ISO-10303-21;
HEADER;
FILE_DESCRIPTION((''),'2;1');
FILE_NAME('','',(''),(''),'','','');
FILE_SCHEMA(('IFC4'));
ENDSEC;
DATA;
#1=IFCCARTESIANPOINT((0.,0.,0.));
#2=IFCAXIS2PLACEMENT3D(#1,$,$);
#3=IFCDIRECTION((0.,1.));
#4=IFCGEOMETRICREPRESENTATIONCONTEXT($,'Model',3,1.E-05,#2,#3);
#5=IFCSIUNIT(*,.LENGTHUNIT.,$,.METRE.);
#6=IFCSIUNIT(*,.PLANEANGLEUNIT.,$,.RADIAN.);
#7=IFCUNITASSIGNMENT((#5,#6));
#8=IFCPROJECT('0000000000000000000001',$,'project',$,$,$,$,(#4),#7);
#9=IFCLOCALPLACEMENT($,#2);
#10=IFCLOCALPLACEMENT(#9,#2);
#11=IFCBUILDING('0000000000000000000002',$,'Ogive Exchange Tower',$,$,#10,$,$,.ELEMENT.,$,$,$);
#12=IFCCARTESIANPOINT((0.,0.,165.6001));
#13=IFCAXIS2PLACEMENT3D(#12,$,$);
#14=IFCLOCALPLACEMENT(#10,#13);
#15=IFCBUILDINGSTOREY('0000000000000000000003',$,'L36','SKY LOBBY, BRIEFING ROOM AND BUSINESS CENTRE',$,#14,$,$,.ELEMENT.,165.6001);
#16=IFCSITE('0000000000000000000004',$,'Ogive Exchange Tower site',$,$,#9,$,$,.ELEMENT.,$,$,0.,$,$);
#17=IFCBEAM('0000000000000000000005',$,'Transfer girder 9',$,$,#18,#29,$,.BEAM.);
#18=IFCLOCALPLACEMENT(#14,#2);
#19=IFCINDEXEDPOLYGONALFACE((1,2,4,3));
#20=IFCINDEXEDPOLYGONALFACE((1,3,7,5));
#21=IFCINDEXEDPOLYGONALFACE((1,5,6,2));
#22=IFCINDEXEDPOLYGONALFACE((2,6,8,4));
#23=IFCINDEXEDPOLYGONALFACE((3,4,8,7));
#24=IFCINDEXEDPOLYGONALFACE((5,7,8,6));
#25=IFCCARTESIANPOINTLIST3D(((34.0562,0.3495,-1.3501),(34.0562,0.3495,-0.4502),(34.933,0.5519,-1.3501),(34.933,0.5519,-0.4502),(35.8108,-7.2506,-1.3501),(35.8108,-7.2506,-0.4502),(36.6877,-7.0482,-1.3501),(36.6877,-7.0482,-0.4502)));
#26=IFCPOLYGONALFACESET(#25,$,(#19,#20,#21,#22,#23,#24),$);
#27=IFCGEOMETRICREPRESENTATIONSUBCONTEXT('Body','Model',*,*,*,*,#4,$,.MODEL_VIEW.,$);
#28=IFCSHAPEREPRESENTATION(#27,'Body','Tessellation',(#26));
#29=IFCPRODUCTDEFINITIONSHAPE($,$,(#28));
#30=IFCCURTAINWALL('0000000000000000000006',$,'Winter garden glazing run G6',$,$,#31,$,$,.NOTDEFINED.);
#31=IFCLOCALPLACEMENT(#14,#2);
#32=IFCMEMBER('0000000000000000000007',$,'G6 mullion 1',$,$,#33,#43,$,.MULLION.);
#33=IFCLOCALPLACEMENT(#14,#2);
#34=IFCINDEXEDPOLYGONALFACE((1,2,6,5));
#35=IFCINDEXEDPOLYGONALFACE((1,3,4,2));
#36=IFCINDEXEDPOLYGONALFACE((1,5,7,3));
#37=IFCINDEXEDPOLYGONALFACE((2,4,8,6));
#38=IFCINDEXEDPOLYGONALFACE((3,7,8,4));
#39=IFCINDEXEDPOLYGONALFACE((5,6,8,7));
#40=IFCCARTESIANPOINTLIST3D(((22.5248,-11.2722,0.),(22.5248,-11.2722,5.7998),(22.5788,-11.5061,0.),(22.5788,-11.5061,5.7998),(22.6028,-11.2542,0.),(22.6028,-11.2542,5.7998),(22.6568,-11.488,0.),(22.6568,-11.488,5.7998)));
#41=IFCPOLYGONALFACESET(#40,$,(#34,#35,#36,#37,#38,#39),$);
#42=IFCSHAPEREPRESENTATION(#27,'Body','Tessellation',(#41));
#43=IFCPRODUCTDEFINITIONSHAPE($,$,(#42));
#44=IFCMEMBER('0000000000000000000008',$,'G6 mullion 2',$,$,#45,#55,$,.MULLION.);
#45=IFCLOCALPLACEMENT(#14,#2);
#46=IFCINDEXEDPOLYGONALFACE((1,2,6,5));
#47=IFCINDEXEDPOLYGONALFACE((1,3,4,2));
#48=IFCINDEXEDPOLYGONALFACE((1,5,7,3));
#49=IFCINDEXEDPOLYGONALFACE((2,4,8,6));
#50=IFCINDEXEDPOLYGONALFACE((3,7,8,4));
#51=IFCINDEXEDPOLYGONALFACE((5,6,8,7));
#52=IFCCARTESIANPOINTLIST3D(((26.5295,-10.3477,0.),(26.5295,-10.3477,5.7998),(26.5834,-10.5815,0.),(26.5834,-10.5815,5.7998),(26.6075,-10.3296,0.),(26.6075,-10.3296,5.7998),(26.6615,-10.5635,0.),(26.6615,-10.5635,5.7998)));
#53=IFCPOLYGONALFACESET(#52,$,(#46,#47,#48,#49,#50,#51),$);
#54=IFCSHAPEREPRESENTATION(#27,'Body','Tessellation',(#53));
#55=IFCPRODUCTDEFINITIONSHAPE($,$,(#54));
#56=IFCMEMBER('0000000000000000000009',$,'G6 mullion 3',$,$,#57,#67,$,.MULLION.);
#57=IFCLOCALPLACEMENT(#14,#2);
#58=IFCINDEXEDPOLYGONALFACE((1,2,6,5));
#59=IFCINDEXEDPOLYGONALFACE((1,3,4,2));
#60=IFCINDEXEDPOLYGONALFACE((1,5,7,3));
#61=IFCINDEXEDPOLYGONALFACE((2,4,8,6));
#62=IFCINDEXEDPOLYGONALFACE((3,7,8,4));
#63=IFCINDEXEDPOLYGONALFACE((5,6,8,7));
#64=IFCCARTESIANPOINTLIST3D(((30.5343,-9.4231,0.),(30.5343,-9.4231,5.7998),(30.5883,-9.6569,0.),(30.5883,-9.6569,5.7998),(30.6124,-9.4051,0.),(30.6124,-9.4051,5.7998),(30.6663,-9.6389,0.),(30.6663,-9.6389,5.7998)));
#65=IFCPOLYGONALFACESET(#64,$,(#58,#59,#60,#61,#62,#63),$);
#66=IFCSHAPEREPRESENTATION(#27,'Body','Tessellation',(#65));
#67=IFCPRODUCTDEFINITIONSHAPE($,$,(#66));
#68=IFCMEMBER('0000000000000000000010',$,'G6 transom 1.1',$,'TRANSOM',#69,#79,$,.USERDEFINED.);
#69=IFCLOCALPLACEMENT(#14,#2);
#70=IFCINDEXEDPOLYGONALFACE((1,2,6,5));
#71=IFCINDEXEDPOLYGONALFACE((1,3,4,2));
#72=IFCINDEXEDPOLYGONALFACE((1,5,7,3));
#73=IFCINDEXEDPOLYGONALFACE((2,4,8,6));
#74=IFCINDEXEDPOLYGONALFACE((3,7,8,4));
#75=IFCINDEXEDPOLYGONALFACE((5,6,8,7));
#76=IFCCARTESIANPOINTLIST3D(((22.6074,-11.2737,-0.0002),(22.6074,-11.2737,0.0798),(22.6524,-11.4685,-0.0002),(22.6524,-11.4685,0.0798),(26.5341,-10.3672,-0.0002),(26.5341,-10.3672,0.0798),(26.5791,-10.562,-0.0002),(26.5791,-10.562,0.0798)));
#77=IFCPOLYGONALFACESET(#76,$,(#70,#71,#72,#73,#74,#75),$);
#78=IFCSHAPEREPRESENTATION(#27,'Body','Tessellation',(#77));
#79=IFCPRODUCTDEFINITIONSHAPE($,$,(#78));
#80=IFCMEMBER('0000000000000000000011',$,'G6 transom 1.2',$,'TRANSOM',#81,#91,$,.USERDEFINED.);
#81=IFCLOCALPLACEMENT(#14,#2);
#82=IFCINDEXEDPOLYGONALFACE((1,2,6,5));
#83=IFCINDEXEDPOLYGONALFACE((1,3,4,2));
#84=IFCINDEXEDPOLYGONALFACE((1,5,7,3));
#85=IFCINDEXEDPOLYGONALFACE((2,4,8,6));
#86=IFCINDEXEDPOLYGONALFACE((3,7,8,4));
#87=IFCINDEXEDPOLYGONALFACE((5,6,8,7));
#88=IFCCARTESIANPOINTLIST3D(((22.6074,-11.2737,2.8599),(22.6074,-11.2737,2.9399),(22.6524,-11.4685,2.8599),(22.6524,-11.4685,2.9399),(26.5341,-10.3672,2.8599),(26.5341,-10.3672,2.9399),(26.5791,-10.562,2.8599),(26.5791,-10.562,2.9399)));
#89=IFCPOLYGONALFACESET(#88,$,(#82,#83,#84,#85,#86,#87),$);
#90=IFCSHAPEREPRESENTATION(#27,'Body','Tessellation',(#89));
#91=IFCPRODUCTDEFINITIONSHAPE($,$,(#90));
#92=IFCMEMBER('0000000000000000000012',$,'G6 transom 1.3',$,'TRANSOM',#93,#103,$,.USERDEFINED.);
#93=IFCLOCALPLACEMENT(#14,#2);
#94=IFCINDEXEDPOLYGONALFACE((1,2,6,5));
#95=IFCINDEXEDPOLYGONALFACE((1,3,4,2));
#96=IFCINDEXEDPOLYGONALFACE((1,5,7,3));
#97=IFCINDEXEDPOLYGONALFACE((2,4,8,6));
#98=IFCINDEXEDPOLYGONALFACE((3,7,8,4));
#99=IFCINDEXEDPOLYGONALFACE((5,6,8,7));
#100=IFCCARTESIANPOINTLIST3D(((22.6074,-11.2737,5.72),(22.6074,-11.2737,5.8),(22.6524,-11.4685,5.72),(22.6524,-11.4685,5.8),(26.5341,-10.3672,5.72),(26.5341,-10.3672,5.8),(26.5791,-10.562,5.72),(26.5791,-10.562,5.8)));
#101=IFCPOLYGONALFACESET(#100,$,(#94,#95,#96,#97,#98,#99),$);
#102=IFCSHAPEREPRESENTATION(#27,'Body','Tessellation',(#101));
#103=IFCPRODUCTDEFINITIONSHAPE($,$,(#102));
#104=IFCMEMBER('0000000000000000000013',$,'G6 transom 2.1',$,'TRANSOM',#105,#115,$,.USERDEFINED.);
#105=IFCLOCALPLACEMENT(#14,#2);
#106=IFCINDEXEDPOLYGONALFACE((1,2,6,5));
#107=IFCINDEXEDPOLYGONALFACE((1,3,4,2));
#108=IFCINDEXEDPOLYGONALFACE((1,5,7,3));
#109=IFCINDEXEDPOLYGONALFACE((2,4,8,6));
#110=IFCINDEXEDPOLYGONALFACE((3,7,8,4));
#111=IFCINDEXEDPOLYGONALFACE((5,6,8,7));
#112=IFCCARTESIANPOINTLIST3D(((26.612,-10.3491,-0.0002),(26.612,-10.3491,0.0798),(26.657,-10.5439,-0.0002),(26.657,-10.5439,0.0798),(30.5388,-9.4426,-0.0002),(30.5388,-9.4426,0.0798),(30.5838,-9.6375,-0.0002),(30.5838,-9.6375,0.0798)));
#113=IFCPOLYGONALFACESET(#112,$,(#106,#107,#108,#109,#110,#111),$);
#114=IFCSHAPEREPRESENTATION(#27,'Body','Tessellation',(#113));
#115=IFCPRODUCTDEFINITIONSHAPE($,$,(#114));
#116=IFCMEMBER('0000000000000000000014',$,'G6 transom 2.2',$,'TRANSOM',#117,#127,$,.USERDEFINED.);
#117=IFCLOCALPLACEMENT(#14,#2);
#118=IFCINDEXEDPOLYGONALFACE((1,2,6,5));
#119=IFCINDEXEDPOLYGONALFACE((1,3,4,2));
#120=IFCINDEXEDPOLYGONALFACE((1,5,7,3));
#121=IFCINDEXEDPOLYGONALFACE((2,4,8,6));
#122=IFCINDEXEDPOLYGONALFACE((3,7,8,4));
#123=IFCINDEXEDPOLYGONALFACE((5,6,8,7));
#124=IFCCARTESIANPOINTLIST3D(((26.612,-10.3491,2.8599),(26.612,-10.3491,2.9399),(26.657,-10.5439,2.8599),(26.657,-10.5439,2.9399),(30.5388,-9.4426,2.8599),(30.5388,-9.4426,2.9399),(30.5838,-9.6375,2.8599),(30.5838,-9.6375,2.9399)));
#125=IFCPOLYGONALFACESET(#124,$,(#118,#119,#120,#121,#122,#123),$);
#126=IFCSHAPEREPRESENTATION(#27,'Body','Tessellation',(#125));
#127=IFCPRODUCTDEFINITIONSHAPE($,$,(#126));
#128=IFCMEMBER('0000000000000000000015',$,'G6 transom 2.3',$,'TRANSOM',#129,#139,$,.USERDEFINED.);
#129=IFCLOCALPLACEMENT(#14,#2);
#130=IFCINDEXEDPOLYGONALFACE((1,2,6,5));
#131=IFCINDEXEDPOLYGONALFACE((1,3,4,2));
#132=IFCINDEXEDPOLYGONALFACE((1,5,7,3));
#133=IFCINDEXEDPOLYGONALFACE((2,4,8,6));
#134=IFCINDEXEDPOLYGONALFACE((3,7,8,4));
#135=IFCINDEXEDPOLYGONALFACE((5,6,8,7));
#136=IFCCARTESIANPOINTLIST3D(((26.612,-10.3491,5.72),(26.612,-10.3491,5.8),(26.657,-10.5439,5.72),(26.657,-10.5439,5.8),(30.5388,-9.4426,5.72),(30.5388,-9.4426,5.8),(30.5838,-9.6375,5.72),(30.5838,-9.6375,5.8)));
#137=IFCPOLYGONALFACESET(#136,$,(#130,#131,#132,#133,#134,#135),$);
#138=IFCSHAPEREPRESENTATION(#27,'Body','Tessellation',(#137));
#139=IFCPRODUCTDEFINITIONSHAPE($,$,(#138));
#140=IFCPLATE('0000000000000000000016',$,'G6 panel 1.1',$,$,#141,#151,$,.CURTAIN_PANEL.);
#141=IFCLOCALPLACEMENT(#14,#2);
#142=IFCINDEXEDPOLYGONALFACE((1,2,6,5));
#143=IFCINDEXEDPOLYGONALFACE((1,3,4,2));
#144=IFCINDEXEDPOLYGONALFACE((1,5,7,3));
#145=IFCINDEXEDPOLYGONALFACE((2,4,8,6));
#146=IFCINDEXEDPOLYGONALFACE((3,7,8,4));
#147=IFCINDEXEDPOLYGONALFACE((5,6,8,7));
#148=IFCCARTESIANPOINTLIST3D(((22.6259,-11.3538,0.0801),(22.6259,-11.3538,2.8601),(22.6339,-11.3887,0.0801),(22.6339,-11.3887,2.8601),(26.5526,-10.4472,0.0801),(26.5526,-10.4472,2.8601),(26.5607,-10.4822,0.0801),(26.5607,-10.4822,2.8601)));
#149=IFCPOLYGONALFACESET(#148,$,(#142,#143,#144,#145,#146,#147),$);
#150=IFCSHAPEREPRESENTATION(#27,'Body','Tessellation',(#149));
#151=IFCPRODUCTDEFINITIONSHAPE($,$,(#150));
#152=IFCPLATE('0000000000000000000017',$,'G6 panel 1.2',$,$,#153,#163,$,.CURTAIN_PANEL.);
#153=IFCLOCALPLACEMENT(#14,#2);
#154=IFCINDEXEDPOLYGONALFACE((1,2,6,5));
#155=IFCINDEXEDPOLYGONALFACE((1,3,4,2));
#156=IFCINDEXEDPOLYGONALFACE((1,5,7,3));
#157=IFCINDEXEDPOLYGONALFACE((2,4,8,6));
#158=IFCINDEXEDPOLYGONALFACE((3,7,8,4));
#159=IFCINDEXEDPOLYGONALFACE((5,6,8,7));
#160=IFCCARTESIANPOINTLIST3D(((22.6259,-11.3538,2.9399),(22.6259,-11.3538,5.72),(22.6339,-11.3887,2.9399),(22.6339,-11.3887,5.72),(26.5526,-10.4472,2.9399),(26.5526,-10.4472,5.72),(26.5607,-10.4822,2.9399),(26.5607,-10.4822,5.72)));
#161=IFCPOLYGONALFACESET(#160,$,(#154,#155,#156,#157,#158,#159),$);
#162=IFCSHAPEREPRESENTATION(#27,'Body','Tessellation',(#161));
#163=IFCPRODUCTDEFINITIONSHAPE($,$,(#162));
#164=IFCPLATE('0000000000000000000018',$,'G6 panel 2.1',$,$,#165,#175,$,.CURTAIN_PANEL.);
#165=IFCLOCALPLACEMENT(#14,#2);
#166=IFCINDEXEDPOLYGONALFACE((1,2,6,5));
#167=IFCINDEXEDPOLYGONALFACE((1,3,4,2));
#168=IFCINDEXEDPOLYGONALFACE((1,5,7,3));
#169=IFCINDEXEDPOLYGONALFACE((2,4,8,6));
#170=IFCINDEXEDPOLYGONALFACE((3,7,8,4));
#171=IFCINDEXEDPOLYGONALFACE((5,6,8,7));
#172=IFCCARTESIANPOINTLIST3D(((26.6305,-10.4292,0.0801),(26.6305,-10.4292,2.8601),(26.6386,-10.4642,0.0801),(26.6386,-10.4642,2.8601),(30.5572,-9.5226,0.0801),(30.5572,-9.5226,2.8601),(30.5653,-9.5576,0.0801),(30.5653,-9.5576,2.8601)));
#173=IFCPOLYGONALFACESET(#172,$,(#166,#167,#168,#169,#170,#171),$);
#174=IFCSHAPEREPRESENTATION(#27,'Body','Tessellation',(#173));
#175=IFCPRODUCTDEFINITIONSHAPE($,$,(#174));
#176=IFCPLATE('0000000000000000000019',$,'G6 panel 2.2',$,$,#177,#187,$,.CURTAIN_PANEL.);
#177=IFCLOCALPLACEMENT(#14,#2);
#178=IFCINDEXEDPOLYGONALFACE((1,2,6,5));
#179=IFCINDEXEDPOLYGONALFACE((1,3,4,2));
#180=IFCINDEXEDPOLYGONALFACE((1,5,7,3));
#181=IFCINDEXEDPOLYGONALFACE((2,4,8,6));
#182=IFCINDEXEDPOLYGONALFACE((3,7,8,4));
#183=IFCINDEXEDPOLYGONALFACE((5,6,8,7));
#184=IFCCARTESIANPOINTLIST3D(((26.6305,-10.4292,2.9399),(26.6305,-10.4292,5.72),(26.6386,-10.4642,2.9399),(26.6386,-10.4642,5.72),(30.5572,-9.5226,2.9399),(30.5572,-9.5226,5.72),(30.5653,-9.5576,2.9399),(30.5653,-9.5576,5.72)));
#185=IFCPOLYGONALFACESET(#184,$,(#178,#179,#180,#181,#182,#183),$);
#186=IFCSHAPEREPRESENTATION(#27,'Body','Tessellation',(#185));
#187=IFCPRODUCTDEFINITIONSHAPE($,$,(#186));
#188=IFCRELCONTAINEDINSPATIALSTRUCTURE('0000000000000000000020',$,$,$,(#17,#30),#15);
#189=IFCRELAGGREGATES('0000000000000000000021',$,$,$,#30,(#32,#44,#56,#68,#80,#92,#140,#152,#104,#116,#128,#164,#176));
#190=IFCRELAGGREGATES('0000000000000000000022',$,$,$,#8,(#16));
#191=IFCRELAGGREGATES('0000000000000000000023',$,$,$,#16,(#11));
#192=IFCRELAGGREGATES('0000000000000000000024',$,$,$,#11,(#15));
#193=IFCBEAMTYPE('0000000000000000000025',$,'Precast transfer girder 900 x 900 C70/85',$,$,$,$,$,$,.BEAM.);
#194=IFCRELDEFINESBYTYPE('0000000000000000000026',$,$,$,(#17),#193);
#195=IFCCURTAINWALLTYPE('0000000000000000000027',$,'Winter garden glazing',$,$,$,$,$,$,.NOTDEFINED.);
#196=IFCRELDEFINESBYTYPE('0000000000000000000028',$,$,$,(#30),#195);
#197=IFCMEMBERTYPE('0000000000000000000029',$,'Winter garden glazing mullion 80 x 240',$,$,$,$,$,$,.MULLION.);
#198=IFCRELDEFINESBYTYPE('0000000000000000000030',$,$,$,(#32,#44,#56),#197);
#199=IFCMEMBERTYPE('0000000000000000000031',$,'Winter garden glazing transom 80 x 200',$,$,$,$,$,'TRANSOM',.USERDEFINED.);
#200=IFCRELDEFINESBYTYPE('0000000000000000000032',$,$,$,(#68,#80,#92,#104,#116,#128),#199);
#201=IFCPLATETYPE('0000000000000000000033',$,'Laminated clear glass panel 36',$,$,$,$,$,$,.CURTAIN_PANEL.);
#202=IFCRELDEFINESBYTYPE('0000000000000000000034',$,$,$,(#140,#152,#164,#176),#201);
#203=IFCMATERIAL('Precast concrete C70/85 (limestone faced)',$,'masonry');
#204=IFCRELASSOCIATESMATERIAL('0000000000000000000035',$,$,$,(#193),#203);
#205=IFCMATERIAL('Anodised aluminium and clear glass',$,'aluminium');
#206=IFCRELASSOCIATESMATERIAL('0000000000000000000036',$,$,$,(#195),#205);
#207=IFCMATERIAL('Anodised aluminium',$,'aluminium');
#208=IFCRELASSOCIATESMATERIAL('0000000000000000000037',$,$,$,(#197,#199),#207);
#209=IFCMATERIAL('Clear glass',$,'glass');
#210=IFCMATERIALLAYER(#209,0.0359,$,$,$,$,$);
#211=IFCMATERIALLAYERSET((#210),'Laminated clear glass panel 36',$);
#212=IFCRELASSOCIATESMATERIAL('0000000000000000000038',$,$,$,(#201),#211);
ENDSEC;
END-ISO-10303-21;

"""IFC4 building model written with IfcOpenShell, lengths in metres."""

from ifc_helpers import new_model, si_unit, direction, frame, origin, origin_2d, place, context, subcontext, project, spatial, rectangle, extrude, material, layer, layer_set, material_profile, profile_set, type_object, element, aggregate, save


model = new_model("IFC4")

# Units and contexts
model_context = context("Model", 3, precision=1e-05, world=origin(), true_north=direction((0.0, 1.0)))
body_context = subcontext(model_context, "Body", "Model", "MODEL_VIEW")
ifc_project = project(units=[si_unit("LENGTHUNIT", "METRE"), si_unit("PLANEANGLEUNIT", "RADIAN")], contexts=[model_context])

# Site, building, storey
site_placement = place(None, origin())
site = spatial("IfcSite", under=ifc_project, at=site_placement, Name="Ogive Exchange Tower site", CompositionType="ELEMENT", RefElevation=0.0)
building_placement = place(site_placement, origin())
building = spatial("IfcBuilding", under=site, at=building_placement, Name="Ogive Exchange Tower", CompositionType="ELEMENT")
storey_placement = place(building_placement, frame((0.0, 0.0, 165.6001)))
storey = spatial("IfcBuildingStorey", under=building, at=storey_placement, Name="L36", Description="SKY LOBBY, BRIEFING ROOM AND BUSINESS CENTRE", CompositionType="ELEMENT", Elevation=165.6001)

# Shared definitions
ifc_material_1 = material(Name="Precast concrete C70/85 (limestone faced)", Category="masonry")

# Beam
ifc_material_profile_1 = material_profile(ifc_material_1, rectangle(XDim=0.8999, YDim=0.8999, at=origin_2d()), Name="900 x 900")
ifc_profile_set_1 = profile_set([ifc_material_profile_1], Name="Precast concrete C70/85 (limestone faced)")
beam_type_1 = type_object("IfcBeamType", Name="Precast transfer girder 900 x 900 C70/85", PredefinedType="BEAM", material=ifc_profile_set_1)
beam_1_placement = place(storey_placement, frame((36.2493, -7.1494, -0.9001), z_axis=(-0.224953, 0.97437, 0.0), x_axis=(-0.97437, -0.224953, 0.0)))
element("IfcBeam", 1, at=beam_1_placement, inside=storey, type_object=beam_type_1, Name="Transfer girder 9", PredefinedType="BEAM", context=body_context, shape_type="SweptSolid", body=[
    extrude(rectangle(XDim=0.8999, YDim=0.8999, at=origin_2d()), origin(), (0.0, 0.0, 1.0), 7.8),
])

# Curtain wall, members, plates
ifc_material_2 = material(Name="Anodised aluminium and clear glass", Category="aluminium")
curtain_wall_type = type_object("IfcCurtainWallType", Name="Winter garden glazing", PredefinedType="NOTDEFINED", material=ifc_material_2)
curtain_wall_placement = place(storey_placement, origin())
curtain_wall = element("IfcCurtainWall", 2, at=curtain_wall_placement, inside=storey, type_object=curtain_wall_type, Name="Winter garden glazing run G6", PredefinedType="NOTDEFINED")
ifc_material_3 = material(Name="Anodised aluminium", Category="aluminium")
ifc_material_profile_2 = material_profile(ifc_material_3, rectangle(XDim=0.24, YDim=0.0801, at=origin_2d()), Name="AL 80x240")
ifc_profile_set_2 = profile_set([ifc_material_profile_2], Name="Anodised aluminium")
member_type_1 = type_object("IfcMemberType", Name="Winter garden glazing mullion 80 x 240", PredefinedType="MULLION", material=ifc_profile_set_2)
member_1_placement = place(storey_placement, frame((22.5908, -11.3801, 0.0), z_axis=(0.0, 0.0, 1.0), x_axis=(-0.224951, 0.97437, 0.0)))
member_1 = element("IfcMember", 3, at=member_1_placement, type_object=member_type_1, Name="G6 mullion 1", PredefinedType="MULLION", context=body_context, shape_type="SweptSolid", body=[
    extrude(rectangle(XDim=0.24, YDim=0.0801, at=origin_2d()), origin(), (0.0, 0.0, 1.0), 5.7998),
])
member_2_placement = place(storey_placement, frame((26.5955, -10.4556, 0.0), z_axis=(0.0, 0.0, 1.0), x_axis=(-0.224951, 0.97437, 0.0)))
member_2 = element("IfcMember", 4, at=member_2_placement, type_object=member_type_1, Name="G6 mullion 2", PredefinedType="MULLION", context=body_context, shape_type="SweptSolid", body=[
    extrude(rectangle(XDim=0.24, YDim=0.0801, at=origin_2d()), origin(), (0.0, 0.0, 1.0), 5.7998),
])
member_3_placement = place(storey_placement, frame((30.6003, -9.531, 0.0), z_axis=(0.0, 0.0, 1.0), x_axis=(-0.224951, 0.97437, 0.0)))
member_3 = element("IfcMember", 5, at=member_3_placement, type_object=member_type_1, Name="G6 mullion 3", PredefinedType="MULLION", context=body_context, shape_type="SweptSolid", body=[
    extrude(rectangle(XDim=0.24, YDim=0.0801, at=origin_2d()), origin(), (0.0, 0.0, 1.0), 5.7998),
])
ifc_material_profile_3 = material_profile(ifc_material_3, rectangle(XDim=0.2, YDim=0.0801, at=origin_2d()), Name="AL 80x200")
ifc_profile_set_3 = profile_set([ifc_material_profile_3], Name="Anodised aluminium")
member_type_2 = type_object("IfcMemberType", Name="Winter garden glazing transom 80 x 200", ElementType="TRANSOM", PredefinedType="USERDEFINED", material=ifc_profile_set_3)
member_4_placement = place(storey_placement, frame((22.6299, -11.3711, 0.0398), z_axis=(0.974374, 0.224935, 0.0), x_axis=(-0.224935, 0.974374, 0.0)))
member_4 = element("IfcMember", 6, at=member_4_placement, type_object=member_type_2, Name="G6 transom 1.1", ObjectType="TRANSOM", PredefinedType="USERDEFINED", context=body_context, shape_type="SweptSolid", body=[
    extrude(rectangle(XDim=0.2, YDim=0.0801, at=origin_2d()), origin(), (0.0, 0.0, 1.0), 4.03),
])
member_5_placement = place(storey_placement, frame((22.6299, -11.3711, 2.8999), z_axis=(0.974374, 0.224935, 0.0), x_axis=(-0.224935, 0.974374, 0.0)))
member_5 = element("IfcMember", 7, at=member_5_placement, type_object=member_type_2, Name="G6 transom 1.2", ObjectType="TRANSOM", PredefinedType="USERDEFINED", context=body_context, shape_type="SweptSolid", body=[
    extrude(rectangle(XDim=0.2, YDim=0.0801, at=origin_2d()), origin(), (0.0, 0.0, 1.0), 4.03),
])
member_6_placement = place(storey_placement, frame((22.6299, -11.3711, 5.76), z_axis=(0.974374, 0.224935, 0.0), x_axis=(-0.224935, 0.974374, 0.0)))
member_6 = element("IfcMember", 8, at=member_6_placement, type_object=member_type_2, Name="G6 transom 1.3", ObjectType="TRANSOM", PredefinedType="USERDEFINED", context=body_context, shape_type="SweptSolid", body=[
    extrude(rectangle(XDim=0.2, YDim=0.0801, at=origin_2d()), origin(), (0.0, 0.0, 1.0), 4.03),
])
member_7_placement = place(storey_placement, frame((26.6345, -10.4465, 0.0398), z_axis=(0.974374, 0.224935, 0.0), x_axis=(-0.224935, 0.974374, 0.0)))
member_7 = element("IfcMember", 9, at=member_7_placement, type_object=member_type_2, Name="G6 transom 2.1", ObjectType="TRANSOM", PredefinedType="USERDEFINED", context=body_context, shape_type="SweptSolid", body=[
    extrude(rectangle(XDim=0.2, YDim=0.0801, at=origin_2d()), origin(), (0.0, 0.0, 1.0), 4.03),
])
member_8_placement = place(storey_placement, frame((26.6345, -10.4465, 2.8999), z_axis=(0.974374, 0.224935, 0.0), x_axis=(-0.224935, 0.974374, 0.0)))
member_8 = element("IfcMember", 10, at=member_8_placement, type_object=member_type_2, Name="G6 transom 2.2", ObjectType="TRANSOM", PredefinedType="USERDEFINED", context=body_context, shape_type="SweptSolid", body=[
    extrude(rectangle(XDim=0.2, YDim=0.0801, at=origin_2d()), origin(), (0.0, 0.0, 1.0), 4.03),
])
member_9_placement = place(storey_placement, frame((26.6345, -10.4465, 5.76), z_axis=(0.974374, 0.224935, 0.0), x_axis=(-0.224935, 0.974374, 0.0)))
member_9 = element("IfcMember", 11, at=member_9_placement, type_object=member_type_2, Name="G6 transom 2.3", ObjectType="TRANSOM", PredefinedType="USERDEFINED", context=body_context, shape_type="SweptSolid", body=[
    extrude(rectangle(XDim=0.2, YDim=0.0801, at=origin_2d()), origin(), (0.0, 0.0, 1.0), 4.03),
])
ifc_material_4 = material(Name="Clear glass", Category="glass")
ifc_layer_1 = layer(ifc_material_4, 0.0359)
ifc_layer_set_1 = layer_set([ifc_layer_1], Name="Laminated clear glass panel 36")
plate_type = type_object("IfcPlateType", Name="Laminated clear glass panel 36", PredefinedType="CURTAIN_PANEL", material=ifc_layer_set_1)
plate_1_placement = place(storey_placement, frame((24.5933, -10.918, 0.0801), z_axis=(0.0, 0.0, 1.0), x_axis=(0.97437, 0.224951, 0.0)))
plate_1 = element("IfcPlate", 12, at=plate_1_placement, type_object=plate_type, Name="G6 panel 1.1", PredefinedType="CURTAIN_PANEL", context=body_context, shape_type="SweptSolid", body=[
    extrude(rectangle(XDim=4.03, YDim=0.0359, at=origin_2d()), origin(), (0.0, 0.0, 1.0), 2.78),
])
plate_2_placement = place(storey_placement, frame((24.5933, -10.918, 2.9399), z_axis=(0.0, 0.0, 1.0), x_axis=(0.97437, 0.224951, 0.0)))
plate_2 = element("IfcPlate", 13, at=plate_2_placement, type_object=plate_type, Name="G6 panel 1.2", PredefinedType="CURTAIN_PANEL", context=body_context, shape_type="SweptSolid", body=[
    extrude(rectangle(XDim=4.03, YDim=0.0359, at=origin_2d()), origin(), (0.0, 0.0, 1.0), 2.78),
])
plate_3_placement = place(storey_placement, frame((28.5979, -9.9934, 0.0801), z_axis=(0.0, 0.0, 1.0), x_axis=(0.97437, 0.224951, 0.0)))
plate_3 = element("IfcPlate", 14, at=plate_3_placement, type_object=plate_type, Name="G6 panel 2.1", PredefinedType="CURTAIN_PANEL", context=body_context, shape_type="SweptSolid", body=[
    extrude(rectangle(XDim=4.03, YDim=0.0359, at=origin_2d()), origin(), (0.0, 0.0, 1.0), 2.78),
])
plate_4_placement = place(storey_placement, frame((28.5979, -9.9934, 2.9399), z_axis=(0.0, 0.0, 1.0), x_axis=(0.97437, 0.224951, 0.0)))
plate_4 = element("IfcPlate", 15, at=plate_4_placement, type_object=plate_type, Name="G6 panel 2.2", PredefinedType="CURTAIN_PANEL", context=body_context, shape_type="SweptSolid", body=[
    extrude(rectangle(XDim=4.03, YDim=0.0359, at=origin_2d()), origin(), (0.0, 0.0, 1.0), 2.78),
])
aggregate(curtain_wall, [member_1, member_2, member_3, member_4, member_5, member_6, plate_1, plate_2, member_7, member_8, member_9, plate_3, plate_4])

save(model, "model.ifc")
